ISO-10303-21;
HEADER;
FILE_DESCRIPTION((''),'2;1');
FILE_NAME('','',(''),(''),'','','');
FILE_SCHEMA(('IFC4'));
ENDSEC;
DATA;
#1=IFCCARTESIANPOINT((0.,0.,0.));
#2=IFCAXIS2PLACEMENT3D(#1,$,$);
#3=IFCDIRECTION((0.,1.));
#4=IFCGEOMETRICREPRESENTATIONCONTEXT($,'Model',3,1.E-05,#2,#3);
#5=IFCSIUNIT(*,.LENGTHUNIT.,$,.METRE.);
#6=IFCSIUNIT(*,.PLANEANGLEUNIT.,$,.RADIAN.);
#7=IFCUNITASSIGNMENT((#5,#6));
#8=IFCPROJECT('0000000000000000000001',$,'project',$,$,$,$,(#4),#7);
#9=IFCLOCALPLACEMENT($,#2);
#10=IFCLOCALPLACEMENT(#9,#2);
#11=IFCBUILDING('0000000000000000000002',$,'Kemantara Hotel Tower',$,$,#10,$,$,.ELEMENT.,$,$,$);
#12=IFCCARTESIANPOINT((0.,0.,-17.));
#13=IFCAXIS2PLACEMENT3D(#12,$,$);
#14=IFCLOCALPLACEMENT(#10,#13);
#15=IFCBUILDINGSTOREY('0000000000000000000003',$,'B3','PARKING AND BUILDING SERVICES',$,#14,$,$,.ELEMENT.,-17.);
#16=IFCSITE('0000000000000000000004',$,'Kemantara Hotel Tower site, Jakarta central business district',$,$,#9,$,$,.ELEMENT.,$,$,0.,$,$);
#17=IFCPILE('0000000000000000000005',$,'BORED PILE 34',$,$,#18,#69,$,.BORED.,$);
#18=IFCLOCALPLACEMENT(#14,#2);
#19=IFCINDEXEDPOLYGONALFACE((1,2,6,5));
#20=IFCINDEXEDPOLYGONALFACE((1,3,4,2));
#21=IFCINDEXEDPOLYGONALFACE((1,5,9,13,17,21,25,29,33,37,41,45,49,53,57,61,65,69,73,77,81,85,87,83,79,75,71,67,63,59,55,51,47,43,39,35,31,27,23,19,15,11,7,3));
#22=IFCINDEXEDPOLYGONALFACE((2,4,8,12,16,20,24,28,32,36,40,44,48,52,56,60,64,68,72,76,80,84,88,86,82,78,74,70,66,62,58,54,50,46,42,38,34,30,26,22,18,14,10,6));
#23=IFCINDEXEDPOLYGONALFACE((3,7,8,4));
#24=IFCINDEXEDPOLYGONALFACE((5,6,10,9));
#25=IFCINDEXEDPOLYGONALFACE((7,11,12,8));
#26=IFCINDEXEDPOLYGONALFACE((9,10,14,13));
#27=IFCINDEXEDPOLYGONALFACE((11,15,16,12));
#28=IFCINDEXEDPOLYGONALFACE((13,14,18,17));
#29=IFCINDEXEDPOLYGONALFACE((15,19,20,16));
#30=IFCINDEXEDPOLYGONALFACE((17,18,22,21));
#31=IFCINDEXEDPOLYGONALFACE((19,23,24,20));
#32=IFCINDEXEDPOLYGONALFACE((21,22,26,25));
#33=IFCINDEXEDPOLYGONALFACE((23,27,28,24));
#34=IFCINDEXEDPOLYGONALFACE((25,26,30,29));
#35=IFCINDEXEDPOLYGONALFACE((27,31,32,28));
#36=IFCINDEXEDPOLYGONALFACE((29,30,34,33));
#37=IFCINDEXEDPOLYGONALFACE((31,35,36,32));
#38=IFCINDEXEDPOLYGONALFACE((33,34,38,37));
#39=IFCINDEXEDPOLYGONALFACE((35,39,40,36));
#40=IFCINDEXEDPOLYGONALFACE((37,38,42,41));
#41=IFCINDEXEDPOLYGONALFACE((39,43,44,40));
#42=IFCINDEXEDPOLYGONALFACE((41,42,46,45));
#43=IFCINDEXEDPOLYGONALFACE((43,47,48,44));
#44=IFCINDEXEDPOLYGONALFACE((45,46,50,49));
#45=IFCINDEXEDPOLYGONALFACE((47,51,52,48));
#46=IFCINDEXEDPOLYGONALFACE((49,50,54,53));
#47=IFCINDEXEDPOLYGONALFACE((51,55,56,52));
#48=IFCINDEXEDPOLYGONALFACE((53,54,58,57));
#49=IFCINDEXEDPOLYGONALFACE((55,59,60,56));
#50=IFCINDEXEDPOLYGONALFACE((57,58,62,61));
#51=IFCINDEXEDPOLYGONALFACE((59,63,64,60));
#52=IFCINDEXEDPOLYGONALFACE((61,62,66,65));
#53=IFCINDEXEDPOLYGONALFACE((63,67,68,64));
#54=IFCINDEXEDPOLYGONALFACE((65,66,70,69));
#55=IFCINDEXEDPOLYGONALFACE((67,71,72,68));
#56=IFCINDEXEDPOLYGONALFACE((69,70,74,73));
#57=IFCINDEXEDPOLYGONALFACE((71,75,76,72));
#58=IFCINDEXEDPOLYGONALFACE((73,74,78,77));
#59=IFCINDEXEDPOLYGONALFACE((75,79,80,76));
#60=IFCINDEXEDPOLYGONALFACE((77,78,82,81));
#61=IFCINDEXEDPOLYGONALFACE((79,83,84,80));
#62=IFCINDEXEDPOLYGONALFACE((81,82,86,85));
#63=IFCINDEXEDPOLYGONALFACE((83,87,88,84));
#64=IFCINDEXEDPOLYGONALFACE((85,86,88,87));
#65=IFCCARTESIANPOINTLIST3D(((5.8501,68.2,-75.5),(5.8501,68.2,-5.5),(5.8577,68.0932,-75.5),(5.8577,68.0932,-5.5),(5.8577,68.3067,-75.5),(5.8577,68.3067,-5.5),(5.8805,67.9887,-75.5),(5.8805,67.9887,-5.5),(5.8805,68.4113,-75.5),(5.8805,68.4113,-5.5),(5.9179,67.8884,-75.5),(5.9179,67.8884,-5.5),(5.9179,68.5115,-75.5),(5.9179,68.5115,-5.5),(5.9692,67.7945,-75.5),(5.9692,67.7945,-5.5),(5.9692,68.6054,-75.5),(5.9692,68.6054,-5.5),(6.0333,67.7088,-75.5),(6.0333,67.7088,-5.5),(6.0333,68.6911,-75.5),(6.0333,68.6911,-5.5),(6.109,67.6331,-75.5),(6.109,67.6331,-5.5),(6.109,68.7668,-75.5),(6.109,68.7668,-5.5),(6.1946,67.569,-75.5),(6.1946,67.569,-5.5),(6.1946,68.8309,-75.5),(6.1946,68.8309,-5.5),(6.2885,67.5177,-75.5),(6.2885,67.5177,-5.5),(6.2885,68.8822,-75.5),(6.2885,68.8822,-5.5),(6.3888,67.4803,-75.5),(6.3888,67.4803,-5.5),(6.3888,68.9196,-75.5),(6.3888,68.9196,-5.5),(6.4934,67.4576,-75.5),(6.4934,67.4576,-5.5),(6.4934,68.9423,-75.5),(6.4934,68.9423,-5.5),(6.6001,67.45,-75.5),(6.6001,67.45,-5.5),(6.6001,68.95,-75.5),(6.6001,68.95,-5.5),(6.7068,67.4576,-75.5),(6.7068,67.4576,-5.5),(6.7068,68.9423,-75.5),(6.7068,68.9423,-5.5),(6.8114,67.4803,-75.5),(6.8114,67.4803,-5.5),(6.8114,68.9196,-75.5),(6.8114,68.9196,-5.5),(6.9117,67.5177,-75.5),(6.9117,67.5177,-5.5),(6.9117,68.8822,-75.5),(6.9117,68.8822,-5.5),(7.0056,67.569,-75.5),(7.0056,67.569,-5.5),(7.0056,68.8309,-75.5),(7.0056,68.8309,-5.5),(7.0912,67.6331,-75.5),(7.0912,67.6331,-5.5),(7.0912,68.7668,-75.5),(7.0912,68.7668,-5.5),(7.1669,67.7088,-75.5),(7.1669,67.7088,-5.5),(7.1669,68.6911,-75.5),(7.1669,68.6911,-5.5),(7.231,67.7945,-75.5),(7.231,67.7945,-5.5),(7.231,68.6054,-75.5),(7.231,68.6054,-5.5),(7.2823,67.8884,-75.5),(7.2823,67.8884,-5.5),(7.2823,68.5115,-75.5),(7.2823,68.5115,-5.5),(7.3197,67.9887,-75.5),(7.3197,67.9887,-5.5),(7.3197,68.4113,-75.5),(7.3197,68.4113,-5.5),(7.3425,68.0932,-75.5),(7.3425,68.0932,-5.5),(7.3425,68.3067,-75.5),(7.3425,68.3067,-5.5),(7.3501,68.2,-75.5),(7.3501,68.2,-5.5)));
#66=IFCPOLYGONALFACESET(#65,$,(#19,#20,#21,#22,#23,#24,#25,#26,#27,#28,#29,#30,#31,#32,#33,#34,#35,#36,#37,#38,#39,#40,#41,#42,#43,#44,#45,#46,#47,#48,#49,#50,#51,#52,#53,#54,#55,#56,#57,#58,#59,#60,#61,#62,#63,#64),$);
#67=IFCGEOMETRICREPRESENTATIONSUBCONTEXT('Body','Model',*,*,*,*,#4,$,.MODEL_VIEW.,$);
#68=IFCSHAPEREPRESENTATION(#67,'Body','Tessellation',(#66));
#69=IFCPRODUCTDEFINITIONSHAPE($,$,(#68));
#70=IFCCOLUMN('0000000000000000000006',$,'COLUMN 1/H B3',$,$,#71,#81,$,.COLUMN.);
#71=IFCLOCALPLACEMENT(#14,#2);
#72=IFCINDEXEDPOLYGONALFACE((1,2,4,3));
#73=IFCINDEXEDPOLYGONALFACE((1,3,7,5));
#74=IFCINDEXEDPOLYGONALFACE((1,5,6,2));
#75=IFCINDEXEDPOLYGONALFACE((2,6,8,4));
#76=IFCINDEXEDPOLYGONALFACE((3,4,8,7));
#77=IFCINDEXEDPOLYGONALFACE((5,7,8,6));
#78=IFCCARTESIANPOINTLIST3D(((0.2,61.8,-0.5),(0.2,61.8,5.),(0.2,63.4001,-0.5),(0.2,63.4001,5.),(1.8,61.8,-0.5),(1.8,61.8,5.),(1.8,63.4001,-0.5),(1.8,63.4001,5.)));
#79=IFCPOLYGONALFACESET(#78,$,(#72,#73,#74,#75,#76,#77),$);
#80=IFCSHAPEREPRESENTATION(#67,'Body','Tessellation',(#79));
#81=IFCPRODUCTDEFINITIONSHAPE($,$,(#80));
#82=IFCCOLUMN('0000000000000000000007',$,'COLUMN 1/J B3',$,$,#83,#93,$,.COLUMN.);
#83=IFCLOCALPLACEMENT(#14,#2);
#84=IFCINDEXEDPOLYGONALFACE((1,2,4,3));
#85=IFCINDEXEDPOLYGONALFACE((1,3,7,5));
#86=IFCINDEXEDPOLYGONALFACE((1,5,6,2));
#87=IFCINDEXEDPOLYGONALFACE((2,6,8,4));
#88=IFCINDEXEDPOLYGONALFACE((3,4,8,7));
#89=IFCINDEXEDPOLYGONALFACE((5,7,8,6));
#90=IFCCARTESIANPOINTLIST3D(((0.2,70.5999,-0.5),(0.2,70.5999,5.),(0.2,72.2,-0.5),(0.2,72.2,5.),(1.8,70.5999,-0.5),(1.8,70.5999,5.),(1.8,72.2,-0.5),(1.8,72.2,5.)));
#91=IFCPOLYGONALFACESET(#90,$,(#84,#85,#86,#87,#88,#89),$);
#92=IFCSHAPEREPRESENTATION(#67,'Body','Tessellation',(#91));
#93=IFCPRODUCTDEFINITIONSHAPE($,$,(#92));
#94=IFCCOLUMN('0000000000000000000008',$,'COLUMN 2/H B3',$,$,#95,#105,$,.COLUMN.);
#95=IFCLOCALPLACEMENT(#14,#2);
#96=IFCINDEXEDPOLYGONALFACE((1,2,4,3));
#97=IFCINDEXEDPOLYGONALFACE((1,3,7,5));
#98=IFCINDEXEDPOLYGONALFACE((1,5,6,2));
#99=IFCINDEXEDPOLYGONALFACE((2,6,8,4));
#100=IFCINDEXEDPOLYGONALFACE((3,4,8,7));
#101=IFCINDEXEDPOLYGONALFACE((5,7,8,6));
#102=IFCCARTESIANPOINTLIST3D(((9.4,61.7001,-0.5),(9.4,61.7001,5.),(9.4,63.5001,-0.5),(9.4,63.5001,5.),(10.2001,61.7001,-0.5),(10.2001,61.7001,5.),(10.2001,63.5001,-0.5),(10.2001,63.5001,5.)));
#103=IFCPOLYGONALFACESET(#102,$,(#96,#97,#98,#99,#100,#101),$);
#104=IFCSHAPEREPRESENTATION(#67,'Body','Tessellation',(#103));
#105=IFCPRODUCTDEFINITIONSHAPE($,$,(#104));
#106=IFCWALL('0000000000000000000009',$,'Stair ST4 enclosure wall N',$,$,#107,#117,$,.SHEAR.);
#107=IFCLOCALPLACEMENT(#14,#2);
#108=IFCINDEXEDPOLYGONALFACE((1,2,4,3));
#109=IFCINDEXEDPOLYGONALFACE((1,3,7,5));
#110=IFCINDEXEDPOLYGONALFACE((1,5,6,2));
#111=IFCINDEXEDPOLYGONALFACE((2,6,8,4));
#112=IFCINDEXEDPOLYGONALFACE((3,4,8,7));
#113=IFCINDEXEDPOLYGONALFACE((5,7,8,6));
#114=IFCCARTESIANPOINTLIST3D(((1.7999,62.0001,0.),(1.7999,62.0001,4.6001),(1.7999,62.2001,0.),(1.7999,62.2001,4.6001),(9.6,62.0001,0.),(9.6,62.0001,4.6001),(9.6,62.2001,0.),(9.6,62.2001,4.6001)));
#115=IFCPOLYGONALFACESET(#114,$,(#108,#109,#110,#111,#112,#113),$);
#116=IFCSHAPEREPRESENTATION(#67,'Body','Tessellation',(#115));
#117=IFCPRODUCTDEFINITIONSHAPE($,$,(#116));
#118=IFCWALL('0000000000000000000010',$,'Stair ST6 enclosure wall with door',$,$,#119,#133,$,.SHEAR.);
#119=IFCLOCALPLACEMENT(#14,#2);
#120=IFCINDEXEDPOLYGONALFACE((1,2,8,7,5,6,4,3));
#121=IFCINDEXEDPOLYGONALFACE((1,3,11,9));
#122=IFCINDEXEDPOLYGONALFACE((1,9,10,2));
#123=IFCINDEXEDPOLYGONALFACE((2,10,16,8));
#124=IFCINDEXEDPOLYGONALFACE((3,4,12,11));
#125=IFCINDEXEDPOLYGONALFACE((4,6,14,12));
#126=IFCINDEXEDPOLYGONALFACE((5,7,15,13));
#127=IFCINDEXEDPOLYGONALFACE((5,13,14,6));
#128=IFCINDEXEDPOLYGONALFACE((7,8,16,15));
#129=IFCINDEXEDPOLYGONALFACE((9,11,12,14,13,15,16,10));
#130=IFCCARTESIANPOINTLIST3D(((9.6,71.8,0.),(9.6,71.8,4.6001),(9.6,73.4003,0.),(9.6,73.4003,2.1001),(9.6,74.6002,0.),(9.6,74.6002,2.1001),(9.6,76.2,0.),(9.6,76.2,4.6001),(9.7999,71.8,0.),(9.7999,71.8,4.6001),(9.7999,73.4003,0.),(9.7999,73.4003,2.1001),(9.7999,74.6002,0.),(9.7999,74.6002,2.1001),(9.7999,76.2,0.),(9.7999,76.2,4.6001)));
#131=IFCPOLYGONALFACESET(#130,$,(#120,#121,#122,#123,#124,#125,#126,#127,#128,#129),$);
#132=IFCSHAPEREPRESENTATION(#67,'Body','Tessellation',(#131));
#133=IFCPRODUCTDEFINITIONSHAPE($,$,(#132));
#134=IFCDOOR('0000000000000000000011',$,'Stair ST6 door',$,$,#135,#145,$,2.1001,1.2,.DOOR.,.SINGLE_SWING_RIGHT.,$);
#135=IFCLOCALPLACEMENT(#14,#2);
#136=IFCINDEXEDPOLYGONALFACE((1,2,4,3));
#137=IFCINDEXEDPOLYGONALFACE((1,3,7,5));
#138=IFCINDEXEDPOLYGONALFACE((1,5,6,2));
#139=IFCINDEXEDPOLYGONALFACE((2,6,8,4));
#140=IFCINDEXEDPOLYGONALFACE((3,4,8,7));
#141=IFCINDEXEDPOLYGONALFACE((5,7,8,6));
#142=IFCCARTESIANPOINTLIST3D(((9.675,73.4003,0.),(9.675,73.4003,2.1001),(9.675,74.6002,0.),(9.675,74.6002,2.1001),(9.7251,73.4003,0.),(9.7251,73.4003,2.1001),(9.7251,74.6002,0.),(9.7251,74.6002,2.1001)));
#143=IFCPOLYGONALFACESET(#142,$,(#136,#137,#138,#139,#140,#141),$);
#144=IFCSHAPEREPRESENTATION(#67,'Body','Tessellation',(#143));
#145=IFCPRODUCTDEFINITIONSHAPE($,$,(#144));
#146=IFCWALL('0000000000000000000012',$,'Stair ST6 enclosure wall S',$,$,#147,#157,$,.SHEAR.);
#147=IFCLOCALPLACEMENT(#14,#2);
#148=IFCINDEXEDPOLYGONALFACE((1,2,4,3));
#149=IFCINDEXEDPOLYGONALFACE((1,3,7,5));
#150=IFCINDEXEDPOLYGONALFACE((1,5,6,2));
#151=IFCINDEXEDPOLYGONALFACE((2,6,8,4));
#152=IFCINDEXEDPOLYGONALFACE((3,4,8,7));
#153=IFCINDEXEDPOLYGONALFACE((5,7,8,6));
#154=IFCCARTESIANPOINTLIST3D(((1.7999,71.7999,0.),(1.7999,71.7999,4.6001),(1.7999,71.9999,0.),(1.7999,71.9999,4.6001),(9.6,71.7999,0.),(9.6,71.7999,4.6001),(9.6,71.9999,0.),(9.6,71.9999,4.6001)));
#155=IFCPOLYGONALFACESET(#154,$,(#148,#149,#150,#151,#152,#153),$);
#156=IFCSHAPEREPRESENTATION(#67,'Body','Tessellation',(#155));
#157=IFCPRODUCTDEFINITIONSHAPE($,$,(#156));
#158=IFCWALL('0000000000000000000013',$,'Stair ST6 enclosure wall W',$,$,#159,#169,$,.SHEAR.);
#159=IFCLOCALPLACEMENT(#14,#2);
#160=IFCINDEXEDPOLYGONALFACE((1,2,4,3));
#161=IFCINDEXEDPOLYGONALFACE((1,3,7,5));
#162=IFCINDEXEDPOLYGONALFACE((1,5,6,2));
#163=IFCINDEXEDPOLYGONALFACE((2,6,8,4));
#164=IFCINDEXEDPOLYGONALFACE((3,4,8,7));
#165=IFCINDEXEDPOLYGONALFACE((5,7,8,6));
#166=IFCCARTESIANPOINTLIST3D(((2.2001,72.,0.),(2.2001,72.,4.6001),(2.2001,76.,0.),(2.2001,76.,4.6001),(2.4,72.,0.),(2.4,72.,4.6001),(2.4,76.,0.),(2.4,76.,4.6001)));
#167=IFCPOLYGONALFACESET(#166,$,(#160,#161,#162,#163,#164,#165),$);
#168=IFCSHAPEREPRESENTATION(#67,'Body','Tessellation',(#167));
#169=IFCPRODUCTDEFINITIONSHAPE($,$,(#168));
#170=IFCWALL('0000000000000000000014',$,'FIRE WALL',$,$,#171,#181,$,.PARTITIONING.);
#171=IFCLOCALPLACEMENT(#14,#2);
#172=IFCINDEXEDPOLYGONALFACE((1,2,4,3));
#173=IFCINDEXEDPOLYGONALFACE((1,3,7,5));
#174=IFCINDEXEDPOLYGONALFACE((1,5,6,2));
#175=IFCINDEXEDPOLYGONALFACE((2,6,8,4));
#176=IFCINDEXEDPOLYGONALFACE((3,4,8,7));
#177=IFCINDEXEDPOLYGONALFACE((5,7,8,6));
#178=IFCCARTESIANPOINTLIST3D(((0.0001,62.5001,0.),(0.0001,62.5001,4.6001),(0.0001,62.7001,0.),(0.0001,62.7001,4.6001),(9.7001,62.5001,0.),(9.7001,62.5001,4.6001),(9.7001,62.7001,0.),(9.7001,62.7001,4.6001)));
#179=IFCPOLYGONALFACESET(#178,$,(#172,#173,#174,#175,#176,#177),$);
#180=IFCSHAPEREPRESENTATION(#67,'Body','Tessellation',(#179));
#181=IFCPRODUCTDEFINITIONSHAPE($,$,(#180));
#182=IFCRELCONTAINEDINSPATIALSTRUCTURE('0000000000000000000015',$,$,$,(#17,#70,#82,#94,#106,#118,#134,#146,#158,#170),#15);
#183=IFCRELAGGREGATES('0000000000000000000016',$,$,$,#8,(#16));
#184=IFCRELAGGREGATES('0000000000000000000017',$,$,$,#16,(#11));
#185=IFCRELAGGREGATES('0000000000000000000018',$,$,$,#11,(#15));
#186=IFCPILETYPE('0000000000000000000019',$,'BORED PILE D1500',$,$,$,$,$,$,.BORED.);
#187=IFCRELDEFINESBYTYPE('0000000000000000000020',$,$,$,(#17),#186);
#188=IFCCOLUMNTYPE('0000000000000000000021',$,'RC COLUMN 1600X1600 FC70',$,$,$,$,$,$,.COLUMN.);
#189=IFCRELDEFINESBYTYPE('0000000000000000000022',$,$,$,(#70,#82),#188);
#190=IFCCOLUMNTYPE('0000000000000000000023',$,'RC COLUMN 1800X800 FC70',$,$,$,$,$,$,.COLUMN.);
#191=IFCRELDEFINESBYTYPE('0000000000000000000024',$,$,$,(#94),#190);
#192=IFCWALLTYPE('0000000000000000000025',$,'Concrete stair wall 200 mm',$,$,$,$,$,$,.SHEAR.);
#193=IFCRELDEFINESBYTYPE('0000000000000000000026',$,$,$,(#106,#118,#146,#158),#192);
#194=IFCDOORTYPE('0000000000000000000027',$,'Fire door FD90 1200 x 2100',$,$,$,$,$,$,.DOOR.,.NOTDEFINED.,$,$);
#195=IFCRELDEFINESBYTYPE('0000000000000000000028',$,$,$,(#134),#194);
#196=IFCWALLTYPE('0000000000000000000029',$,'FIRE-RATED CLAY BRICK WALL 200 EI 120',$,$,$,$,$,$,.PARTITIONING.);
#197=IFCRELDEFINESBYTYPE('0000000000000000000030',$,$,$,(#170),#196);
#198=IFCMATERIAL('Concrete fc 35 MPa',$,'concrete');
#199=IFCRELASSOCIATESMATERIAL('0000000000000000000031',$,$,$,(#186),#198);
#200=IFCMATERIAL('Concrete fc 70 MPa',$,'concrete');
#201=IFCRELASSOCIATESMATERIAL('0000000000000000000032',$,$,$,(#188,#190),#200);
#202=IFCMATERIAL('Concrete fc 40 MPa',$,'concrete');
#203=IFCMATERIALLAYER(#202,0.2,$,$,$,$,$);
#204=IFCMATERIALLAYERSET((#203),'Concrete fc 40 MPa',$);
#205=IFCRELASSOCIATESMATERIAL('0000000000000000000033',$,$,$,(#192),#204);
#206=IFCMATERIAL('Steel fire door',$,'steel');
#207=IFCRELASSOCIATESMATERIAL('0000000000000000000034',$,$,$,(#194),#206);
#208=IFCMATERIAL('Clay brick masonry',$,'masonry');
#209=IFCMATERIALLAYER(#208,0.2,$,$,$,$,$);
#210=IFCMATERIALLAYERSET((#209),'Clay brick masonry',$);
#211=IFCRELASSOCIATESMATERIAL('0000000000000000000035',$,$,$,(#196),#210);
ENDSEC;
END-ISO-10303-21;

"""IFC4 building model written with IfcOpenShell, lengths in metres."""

from ifc_helpers import new_model, si_unit, direction, frame, frame_2d, origin, origin_2d, place, context, subcontext, project, spatial, rectangle, circle, extrude, material, layer, layer_set, material_profile, profile_set, type_object, element, fill, save


model = new_model("IFC4")

# Units and contexts
model_context = context("Model", 3, precision=1e-05, world=origin(), true_north=direction((0.0, 1.0)))
body_context = subcontext(model_context, "Body", "Model", "MODEL_VIEW")
ifc_project = project(units=[si_unit("LENGTHUNIT", "METRE"), si_unit("PLANEANGLEUNIT", "RADIAN")], contexts=[model_context])

# Site, building, storey
site_placement = place(None, origin())
site = spatial("IfcSite", under=ifc_project, at=site_placement, Name="Kemantara Hotel Tower site, Jakarta central business district", CompositionType="ELEMENT", RefElevation=0.0)
building_placement = place(site_placement, origin())
building = spatial("IfcBuilding", under=site, at=building_placement, Name="Kemantara Hotel Tower", CompositionType="ELEMENT")
storey_placement = place(building_placement, frame((0.0, 0.0, -17.0)))
storey = spatial("IfcBuildingStorey", under=building, at=storey_placement, Name="B3", Description="PARKING AND BUILDING SERVICES", CompositionType="ELEMENT", Elevation=-17.0)

# Pile
ifc_material_1 = material(Name="Concrete fc 35 MPa", Category="concrete")
ifc_material_profile_1 = material_profile(ifc_material_1, circle(Radius=0.75, at=origin_2d()), Name="BORED PILE D1500")
ifc_profile_set_1 = profile_set([ifc_material_profile_1], Name="Concrete fc 35 MPa")
pile_type = type_object("IfcPileType", Name="BORED PILE D1500", PredefinedType="BORED", material=ifc_profile_set_1)
for number, where, z_axis, x_axis, name in (
    (1, (6.6001, 68.2, -5.5), (0.0, 0.0, -1.0), (1.0, 0.0, 0.0), "BORED PILE 34"),
):
    element("IfcPile", number, at=place(storey_placement, frame(where, z_axis=z_axis, x_axis=x_axis)), inside=storey, type_object=pile_type, Name=name, PredefinedType="BORED", context=body_context, shape_type="SweptSolid", body=[
        extrude(circle(Radius=0.75, at=origin_2d()), origin(), (0.0, 0.0, 1.0), 70.0),
    ])

# Columns
ifc_material_2 = material(Name="Concrete fc 70 MPa", Category="concrete")
ifc_material_profile_2 = material_profile(ifc_material_2, rectangle(XDim=1.6001, YDim=1.6001, at=origin_2d()), Name="RC 1600X1600")
ifc_profile_set_2 = profile_set([ifc_material_profile_2], Name="Concrete fc 70 MPa")
column_type_1 = type_object("IfcColumnType", Name="RC COLUMN 1600X1600 FC70", PredefinedType="COLUMN", material=ifc_profile_set_2)
for number, where, z_axis, x_axis, name in (
    (2, (1.0, 62.6001, -0.5), (0.0, 0.0, 1.0), (1.0, 0.0, 0.0), "COLUMN 1/H B3"),
    (3, (1.0, 71.3999, -0.5), (0.0, 0.0, 1.0), (1.0, 0.0, 0.0), "COLUMN 1/J B3"),
):
    element("IfcColumn", number, at=place(storey_placement, frame(where, z_axis=z_axis, x_axis=x_axis)), inside=storey, type_object=column_type_1, Name=name, PredefinedType="COLUMN", context=body_context, shape_type="SweptSolid", body=[
        extrude(rectangle(XDim=1.6001, YDim=1.6001, at=origin_2d()), origin(), (0.0, 0.0, 1.0), 5.5),
    ])
ifc_material_profile_3 = material_profile(ifc_material_2, rectangle(XDim=1.8, YDim=0.8, at=origin_2d()), Name="RC 1800X800")
ifc_profile_set_3 = profile_set([ifc_material_profile_3], Name="Concrete fc 70 MPa")
column_type_2 = type_object("IfcColumnType", Name="RC COLUMN 1800X800 FC70", PredefinedType="COLUMN", material=ifc_profile_set_3)
column_placement = place(storey_placement, frame((9.8, 62.6001, -0.5), z_axis=(0.0, 0.0, 1.0), x_axis=(0.0, 1.0, 0.0)))
element("IfcColumn", 4, at=column_placement, inside=storey, type_object=column_type_2, Name="COLUMN 2/H B3", PredefinedType="COLUMN", context=body_context, shape_type="SweptSolid", body=[
    extrude(rectangle(XDim=1.8, YDim=0.8, at=origin_2d()), origin(), (0.0, 0.0, 1.0), 5.5),
])

# Wall
ifc_material_3 = material(Name="Concrete fc 40 MPa", Category="concrete")
ifc_layer_1 = layer(ifc_material_3, 0.2)
ifc_layer_set_1 = layer_set([ifc_layer_1], Name="Concrete fc 40 MPa")
wall_type_1 = type_object("IfcWallType", Name="Concrete stair wall 200 mm", PredefinedType="SHEAR", material=ifc_layer_set_1)
wall_1_placement = place(storey_placement, frame((1.8, 62.1001, 0.0), z_axis=(0.0, 0.0, 1.0), x_axis=(1.0, 0.0, 0.0)))
element("IfcWall", 5, at=wall_1_placement, inside=storey, type_object=wall_type_1, Name="Stair ST4 enclosure wall N", PredefinedType="SHEAR", context=body_context, shape_type="SweptSolid", body=[
    extrude(rectangle(XDim=7.8, YDim=0.2, at=frame_2d((3.8999, 0.0))), origin(), (0.0, 0.0, 1.0), 4.6001),
])

# Wall, opening, door
wall_2_placement = place(storey_placement, frame((9.7, 71.8, 0.0), z_axis=(0.0, 0.0, 1.0), x_axis=(0.0, 1.0, 0.0)))
wall_2 = element("IfcWall", 6, at=wall_2_placement, inside=storey, type_object=wall_type_1, Name="Stair ST6 enclosure wall with door", PredefinedType="SHEAR", context=body_context, shape_type="SweptSolid", body=[
    extrude(rectangle(XDim=4.3999, YDim=0.2, at=frame_2d((2.2, 0.0))), origin(), (0.0, 0.0, 1.0), 4.6001),
])
opening_1_placement = place(wall_2_placement, frame((1.6001, 0.0, 0.0)))
opening_1 = element("IfcOpeningElement", 7, at=opening_1_placement, cuts=wall_2, PredefinedType="OPENING", context=body_context, shape_type="SweptSolid", body=[
    extrude(rectangle(XDim=1.2, YDim=2.1001, at=frame_2d((0.6001, 1.05))), frame((0.0, 0.1099, 0.0), z_axis=(0.0, -1.0, 0.0), x_axis=(1.0, 0.0, 0.0)), (0.0, 0.0, 1.0), 0.22),
])
ifc_material_4 = material(Name="Steel fire door", Category="steel")
door_type_1 = type_object("IfcDoorType", Name="Fire door FD90 1200 x 2100", OperationType="NOTDEFINED", PredefinedType="DOOR", material=ifc_material_4)
door_1_placement = place(opening_1_placement, origin())
door_1 = element("IfcDoor", 8, at=door_1_placement, inside=storey, type_object=door_type_1, Name="Stair ST6 door", OperationType="SINGLE_SWING_RIGHT", OverallHeight=2.1001, OverallWidth=1.2, PredefinedType="DOOR", context=body_context, shape_type="SweptSolid", body=[
    extrude(rectangle(XDim=1.2, YDim=2.1001, at=frame_2d((0.6001, 1.05))), frame((0.0, 0.0249, 0.0), z_axis=(0.0, -1.0, 0.0), x_axis=(1.0, 0.0, 0.0)), (0.0, 0.0, 1.0), 0.05),
])
fill(opening_1, door_1)

# Walls
wall_3_placement = place(storey_placement, frame((1.8, 71.8999, 0.0), z_axis=(0.0, 0.0, 1.0), x_axis=(1.0, 0.0, 0.0)))
element("IfcWall", 9, at=wall_3_placement, inside=storey, type_object=wall_type_1, Name="Stair ST6 enclosure wall S", PredefinedType="SHEAR", context=body_context, shape_type="SweptSolid", body=[
    extrude(rectangle(XDim=7.8, YDim=0.2, at=frame_2d((3.8999, 0.0))), origin(), (0.0, 0.0, 1.0), 4.6001),
])
wall_4_placement = place(storey_placement, frame((2.3, 72.0, 0.0), z_axis=(0.0, 0.0, 1.0), x_axis=(0.0, 1.0, 0.0)))
element("IfcWall", 10, at=wall_4_placement, inside=storey, type_object=wall_type_1, Name="Stair ST6 enclosure wall W", PredefinedType="SHEAR", context=body_context, shape_type="SweptSolid", body=[
    extrude(rectangle(XDim=4.0, YDim=0.2, at=frame_2d((2.0, 0.0))), origin(), (0.0, 0.0, 1.0), 4.6001),
])
ifc_material_5 = material(Name="Clay brick masonry", Category="masonry")
ifc_layer_2 = layer(ifc_material_5, 0.2)
ifc_layer_set_2 = layer_set([ifc_layer_2], Name="Clay brick masonry")
wall_type_2 = type_object("IfcWallType", Name="FIRE-RATED CLAY BRICK WALL 200 EI 120", PredefinedType="PARTITIONING", material=ifc_layer_set_2)
wall_5_placement = place(storey_placement, frame((0.0, 62.6001, 0.0), z_axis=(0.0, 0.0, 1.0), x_axis=(1.0, 0.0, 0.0)))
element("IfcWall", 11, at=wall_5_placement, inside=storey, type_object=wall_type_2, Name="FIRE WALL", PredefinedType="PARTITIONING", context=body_context, shape_type="SweptSolid", body=[
    extrude(rectangle(XDim=9.7, YDim=0.2, at=frame_2d((4.8501, 0.0))), origin(), (0.0, 0.0, 1.0), 4.6001),
])

save(model, "model.ifc")
